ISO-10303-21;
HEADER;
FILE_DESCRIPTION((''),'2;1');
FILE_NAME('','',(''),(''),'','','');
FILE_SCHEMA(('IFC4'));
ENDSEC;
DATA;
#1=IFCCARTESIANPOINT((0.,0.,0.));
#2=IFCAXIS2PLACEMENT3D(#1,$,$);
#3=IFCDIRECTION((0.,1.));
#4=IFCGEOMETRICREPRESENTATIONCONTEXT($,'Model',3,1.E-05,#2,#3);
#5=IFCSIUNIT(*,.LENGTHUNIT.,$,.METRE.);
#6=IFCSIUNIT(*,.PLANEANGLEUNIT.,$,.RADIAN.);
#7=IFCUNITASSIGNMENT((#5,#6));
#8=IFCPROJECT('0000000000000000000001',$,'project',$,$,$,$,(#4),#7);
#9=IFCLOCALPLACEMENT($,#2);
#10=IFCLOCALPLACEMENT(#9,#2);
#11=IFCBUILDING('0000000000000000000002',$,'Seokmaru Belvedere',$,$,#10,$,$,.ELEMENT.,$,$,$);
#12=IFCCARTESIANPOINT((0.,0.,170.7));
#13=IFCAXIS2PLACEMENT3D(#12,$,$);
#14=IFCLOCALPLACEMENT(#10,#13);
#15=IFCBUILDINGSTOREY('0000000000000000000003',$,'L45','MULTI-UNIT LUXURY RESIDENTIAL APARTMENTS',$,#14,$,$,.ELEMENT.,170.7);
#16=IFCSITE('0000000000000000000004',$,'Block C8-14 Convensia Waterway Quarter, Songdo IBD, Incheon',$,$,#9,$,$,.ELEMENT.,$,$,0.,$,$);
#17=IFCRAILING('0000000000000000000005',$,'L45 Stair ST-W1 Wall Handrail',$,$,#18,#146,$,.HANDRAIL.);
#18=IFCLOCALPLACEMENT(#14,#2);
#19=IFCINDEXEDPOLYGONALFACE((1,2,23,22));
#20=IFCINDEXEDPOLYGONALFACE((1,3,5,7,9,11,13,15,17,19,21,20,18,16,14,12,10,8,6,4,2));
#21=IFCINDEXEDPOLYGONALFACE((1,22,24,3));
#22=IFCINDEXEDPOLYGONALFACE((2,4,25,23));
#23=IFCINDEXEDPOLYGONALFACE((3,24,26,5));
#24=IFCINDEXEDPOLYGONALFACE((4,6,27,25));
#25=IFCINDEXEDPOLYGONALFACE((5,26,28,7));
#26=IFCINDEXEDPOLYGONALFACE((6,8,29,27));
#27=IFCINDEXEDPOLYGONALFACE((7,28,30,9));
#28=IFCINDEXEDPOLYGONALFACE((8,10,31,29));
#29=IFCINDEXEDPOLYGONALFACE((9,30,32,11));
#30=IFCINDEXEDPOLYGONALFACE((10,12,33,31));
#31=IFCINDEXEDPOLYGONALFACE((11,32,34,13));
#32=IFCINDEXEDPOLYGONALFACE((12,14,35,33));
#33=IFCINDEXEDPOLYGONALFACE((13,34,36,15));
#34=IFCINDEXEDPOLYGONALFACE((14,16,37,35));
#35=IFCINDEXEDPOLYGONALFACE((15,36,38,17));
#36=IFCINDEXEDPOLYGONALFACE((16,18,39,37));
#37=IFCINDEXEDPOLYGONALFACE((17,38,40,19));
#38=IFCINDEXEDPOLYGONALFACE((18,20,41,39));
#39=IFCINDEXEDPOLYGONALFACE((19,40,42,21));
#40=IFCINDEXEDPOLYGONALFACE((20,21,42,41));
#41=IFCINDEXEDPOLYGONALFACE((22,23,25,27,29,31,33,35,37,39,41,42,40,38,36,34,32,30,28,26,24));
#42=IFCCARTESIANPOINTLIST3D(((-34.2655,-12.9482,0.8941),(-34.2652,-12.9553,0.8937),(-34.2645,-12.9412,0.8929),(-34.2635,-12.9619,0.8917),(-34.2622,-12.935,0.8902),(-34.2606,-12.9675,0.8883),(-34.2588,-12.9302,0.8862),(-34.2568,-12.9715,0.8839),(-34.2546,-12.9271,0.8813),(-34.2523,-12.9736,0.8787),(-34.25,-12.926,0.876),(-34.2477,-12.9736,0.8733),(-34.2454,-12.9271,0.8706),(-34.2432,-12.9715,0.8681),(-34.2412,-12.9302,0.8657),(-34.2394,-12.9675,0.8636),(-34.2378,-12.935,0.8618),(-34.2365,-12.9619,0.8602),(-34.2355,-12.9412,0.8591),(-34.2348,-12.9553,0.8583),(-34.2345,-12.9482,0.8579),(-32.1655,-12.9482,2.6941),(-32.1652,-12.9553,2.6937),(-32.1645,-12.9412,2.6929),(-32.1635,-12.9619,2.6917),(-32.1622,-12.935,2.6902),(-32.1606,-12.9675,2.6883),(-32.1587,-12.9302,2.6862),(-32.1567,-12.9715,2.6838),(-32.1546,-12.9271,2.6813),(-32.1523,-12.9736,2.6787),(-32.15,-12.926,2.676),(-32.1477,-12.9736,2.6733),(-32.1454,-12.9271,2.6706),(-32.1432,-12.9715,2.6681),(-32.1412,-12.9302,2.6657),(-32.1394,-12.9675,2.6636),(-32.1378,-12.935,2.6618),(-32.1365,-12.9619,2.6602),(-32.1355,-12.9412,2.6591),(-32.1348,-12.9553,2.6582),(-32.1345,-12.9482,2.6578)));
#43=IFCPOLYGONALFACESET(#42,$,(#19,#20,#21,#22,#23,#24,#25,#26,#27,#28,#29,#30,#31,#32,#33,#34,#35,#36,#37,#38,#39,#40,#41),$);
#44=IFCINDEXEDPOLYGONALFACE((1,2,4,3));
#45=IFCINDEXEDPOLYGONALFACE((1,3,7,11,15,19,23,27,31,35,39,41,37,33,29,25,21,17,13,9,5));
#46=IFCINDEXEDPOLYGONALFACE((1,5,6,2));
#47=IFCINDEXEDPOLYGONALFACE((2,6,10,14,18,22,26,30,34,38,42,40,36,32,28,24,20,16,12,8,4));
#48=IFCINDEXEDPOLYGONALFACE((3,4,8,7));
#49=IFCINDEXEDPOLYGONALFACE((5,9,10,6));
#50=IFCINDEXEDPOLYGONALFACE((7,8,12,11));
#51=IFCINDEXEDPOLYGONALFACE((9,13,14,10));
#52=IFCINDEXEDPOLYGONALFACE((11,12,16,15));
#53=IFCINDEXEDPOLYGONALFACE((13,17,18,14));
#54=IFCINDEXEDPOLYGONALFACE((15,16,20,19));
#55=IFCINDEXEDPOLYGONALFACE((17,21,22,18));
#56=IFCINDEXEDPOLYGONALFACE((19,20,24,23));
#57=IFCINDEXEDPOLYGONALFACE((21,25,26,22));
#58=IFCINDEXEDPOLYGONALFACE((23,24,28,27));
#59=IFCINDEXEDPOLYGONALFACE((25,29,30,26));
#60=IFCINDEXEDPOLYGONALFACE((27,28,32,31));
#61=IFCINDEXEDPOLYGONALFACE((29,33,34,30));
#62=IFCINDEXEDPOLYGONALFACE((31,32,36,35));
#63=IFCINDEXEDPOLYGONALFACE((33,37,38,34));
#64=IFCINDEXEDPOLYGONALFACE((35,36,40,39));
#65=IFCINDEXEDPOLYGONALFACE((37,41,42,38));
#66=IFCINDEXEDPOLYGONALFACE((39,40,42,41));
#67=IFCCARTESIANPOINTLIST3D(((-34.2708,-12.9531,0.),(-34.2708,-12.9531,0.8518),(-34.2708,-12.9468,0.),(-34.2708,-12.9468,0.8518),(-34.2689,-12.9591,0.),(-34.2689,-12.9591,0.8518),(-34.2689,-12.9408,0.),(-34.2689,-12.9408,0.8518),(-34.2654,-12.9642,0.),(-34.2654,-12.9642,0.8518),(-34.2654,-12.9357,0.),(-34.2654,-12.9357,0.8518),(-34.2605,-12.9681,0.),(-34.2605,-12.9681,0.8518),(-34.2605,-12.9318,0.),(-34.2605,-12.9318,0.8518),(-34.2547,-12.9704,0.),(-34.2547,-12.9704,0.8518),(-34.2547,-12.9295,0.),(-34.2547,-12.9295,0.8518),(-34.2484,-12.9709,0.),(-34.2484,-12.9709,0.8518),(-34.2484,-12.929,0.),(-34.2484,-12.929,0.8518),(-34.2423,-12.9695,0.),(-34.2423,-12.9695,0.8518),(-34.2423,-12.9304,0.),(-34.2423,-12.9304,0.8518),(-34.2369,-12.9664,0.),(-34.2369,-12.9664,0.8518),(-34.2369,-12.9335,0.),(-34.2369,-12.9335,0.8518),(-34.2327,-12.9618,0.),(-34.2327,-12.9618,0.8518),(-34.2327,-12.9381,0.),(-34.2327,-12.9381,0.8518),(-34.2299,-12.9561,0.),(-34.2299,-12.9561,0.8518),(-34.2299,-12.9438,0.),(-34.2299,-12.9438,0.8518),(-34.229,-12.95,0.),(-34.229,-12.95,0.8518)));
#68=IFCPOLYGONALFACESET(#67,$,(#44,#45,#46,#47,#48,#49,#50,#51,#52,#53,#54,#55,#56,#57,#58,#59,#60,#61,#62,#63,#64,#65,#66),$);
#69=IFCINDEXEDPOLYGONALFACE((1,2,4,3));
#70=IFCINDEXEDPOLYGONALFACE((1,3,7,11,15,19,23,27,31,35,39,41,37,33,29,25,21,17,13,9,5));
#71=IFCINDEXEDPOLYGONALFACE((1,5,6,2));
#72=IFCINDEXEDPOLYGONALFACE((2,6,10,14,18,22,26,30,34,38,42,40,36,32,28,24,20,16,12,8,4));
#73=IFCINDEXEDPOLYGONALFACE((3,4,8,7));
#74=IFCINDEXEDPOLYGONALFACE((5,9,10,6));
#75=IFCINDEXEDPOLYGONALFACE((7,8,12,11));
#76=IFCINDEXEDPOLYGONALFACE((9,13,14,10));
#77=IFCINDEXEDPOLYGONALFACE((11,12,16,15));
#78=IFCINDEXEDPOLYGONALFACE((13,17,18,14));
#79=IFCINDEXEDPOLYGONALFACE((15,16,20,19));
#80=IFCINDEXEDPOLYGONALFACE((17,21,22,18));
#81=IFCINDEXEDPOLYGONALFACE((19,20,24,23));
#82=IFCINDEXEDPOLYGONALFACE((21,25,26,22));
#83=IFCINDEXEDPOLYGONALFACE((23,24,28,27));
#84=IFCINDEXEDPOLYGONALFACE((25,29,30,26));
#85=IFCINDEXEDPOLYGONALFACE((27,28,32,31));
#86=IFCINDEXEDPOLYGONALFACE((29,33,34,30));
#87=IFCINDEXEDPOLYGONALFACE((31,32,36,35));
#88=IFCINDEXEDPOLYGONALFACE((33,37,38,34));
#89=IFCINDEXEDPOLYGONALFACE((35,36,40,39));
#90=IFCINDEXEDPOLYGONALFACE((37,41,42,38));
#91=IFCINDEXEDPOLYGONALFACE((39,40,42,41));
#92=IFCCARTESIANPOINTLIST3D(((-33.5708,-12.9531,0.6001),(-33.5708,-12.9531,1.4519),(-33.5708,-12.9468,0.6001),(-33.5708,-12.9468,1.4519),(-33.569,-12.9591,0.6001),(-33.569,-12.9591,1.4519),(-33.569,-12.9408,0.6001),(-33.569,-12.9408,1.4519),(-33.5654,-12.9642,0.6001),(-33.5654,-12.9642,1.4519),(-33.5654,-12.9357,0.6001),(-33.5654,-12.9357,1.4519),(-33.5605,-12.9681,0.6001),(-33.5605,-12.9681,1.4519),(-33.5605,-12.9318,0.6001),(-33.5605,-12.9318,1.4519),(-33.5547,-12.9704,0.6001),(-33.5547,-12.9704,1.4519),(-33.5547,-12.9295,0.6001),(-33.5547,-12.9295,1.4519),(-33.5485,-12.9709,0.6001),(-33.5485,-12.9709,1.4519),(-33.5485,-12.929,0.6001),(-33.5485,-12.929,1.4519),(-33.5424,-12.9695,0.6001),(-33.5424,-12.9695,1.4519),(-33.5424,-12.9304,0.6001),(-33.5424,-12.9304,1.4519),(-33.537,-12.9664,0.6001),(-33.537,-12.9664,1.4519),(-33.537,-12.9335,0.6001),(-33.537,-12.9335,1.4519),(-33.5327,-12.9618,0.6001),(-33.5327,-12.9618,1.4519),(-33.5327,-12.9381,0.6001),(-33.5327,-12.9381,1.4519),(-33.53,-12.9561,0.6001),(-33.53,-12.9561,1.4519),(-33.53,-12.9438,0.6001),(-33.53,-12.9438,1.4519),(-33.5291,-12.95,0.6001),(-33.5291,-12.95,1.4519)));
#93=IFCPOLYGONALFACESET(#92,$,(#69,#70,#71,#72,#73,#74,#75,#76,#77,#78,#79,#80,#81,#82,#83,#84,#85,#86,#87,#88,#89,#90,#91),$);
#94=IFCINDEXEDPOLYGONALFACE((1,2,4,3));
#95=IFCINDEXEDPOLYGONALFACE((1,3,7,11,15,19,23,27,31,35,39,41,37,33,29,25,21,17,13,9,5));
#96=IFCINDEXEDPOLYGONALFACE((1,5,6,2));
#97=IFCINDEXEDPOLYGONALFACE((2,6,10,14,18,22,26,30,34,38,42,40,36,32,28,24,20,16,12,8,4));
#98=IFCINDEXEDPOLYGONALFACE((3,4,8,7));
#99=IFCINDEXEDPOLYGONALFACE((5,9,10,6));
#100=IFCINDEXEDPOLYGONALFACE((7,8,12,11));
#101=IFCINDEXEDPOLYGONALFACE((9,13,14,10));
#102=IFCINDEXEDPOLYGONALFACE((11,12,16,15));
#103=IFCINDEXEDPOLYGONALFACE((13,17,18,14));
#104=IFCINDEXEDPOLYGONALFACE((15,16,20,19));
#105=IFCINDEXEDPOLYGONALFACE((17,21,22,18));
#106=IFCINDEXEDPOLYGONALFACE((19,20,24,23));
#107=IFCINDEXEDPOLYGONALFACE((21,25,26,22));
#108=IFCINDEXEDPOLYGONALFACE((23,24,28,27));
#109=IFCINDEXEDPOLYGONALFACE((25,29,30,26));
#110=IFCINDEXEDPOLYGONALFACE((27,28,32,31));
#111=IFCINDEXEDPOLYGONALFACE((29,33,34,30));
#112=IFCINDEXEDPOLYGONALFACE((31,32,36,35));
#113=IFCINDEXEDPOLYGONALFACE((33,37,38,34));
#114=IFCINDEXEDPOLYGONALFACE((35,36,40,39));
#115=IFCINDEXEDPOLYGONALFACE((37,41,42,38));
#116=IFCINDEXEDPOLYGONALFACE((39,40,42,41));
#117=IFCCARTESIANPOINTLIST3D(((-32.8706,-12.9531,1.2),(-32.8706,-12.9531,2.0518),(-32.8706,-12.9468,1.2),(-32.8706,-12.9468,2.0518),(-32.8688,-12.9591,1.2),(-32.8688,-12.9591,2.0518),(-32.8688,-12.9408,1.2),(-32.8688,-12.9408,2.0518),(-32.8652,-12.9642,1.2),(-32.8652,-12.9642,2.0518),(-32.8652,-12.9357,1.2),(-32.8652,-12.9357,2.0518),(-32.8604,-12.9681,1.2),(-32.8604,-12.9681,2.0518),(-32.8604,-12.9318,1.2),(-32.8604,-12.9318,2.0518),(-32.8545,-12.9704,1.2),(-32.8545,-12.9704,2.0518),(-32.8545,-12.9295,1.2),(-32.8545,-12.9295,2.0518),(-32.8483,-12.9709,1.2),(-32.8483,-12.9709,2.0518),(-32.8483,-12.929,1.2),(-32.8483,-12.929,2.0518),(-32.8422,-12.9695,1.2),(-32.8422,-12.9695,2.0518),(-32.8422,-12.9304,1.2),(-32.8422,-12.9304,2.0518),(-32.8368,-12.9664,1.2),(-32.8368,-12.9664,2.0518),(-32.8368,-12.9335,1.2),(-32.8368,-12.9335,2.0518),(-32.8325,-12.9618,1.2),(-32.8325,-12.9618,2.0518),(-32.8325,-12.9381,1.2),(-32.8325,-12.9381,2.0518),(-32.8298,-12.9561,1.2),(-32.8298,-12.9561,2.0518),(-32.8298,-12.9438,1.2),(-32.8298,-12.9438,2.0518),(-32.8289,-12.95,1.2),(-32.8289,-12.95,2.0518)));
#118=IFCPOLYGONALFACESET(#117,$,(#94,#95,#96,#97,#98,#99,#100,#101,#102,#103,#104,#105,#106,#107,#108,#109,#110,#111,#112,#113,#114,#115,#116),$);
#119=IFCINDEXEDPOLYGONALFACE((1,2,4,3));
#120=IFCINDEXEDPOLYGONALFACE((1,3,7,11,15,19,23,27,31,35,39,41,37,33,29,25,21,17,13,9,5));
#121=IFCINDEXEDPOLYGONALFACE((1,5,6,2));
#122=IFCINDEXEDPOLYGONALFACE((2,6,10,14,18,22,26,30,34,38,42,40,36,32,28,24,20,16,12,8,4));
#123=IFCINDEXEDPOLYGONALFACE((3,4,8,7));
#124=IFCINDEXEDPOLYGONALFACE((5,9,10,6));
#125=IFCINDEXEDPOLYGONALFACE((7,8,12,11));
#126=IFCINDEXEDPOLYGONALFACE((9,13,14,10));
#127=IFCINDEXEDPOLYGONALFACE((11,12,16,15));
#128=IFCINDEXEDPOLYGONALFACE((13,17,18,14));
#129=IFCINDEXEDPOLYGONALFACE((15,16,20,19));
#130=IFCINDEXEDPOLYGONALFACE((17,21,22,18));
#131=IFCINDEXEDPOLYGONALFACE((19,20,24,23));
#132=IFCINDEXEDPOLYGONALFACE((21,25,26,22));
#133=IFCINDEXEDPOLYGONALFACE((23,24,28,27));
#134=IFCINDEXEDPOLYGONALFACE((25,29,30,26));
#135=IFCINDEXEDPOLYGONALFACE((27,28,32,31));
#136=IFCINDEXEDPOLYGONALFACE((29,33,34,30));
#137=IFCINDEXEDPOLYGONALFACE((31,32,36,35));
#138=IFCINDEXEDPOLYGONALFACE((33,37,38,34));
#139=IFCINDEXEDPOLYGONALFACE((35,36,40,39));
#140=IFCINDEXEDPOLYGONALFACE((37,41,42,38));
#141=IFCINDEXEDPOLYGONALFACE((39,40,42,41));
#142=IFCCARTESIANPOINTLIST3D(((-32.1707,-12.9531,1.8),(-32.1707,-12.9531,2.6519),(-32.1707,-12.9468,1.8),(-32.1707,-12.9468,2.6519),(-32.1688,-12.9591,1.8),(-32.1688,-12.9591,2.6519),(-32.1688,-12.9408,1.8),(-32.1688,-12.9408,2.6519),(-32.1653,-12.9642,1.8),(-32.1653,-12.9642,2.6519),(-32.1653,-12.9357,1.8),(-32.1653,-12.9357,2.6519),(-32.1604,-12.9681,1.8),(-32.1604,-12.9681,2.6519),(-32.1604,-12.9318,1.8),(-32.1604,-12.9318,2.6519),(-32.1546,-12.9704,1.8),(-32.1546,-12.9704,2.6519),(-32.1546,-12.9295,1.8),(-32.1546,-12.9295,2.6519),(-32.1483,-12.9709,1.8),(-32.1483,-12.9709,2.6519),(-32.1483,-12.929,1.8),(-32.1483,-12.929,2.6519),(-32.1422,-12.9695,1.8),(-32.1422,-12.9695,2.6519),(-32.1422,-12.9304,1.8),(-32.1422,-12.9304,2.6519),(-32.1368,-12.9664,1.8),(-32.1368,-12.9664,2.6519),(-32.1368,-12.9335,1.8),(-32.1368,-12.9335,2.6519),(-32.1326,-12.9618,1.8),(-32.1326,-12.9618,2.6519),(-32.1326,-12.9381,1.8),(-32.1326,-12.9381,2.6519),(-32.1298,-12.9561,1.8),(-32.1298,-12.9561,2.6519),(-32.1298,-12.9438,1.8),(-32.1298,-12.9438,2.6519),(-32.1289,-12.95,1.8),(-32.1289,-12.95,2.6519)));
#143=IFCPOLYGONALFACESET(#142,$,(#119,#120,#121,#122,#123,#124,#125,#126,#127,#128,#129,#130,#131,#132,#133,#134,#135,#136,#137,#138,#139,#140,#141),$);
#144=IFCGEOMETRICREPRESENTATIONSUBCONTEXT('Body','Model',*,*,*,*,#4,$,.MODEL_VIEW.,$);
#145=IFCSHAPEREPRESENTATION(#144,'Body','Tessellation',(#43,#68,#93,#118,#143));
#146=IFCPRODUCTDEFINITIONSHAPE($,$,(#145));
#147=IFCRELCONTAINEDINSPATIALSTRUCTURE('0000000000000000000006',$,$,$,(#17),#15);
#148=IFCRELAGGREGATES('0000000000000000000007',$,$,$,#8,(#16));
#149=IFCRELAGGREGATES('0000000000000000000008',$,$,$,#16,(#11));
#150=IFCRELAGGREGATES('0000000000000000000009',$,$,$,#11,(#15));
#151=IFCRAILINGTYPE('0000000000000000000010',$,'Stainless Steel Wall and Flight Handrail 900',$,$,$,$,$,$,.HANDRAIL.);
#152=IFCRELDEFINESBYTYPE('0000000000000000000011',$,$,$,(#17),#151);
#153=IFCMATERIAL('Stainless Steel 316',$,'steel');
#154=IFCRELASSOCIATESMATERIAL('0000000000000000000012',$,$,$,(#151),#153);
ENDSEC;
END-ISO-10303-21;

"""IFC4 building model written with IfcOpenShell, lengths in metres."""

from ifc_helpers import new_model, si_unit, direction, frame, origin, origin_2d, place, context, subcontext, project, spatial, circle, extrude, material, type_object, element, save


model = new_model("IFC4")

# Units and contexts
model_context = context("Model", 3, precision=1e-05, world=origin(), true_north=direction((0.0, 1.0)))
body_context = subcontext(model_context, "Body", "Model", "MODEL_VIEW")
ifc_project = project(units=[si_unit("LENGTHUNIT", "METRE"), si_unit("PLANEANGLEUNIT", "RADIAN")], contexts=[model_context])

# Site, building, storey
site_placement = place(None, origin())
site = spatial("IfcSite", under=ifc_project, at=site_placement, Name="Block C8-14 Convensia Waterway Quarter, Songdo IBD, Incheon", CompositionType="ELEMENT", RefElevation=0.0)
building_placement = place(site_placement, origin())
building = spatial("IfcBuilding", under=site, at=building_placement, Name="Seokmaru Belvedere", CompositionType="ELEMENT")
storey_placement = place(building_placement, frame((0.0, 0.0, 170.7)))
storey = spatial("IfcBuildingStorey", under=building, at=storey_placement, Name="L45", Description="MULTI-UNIT LUXURY RESIDENTIAL APARTMENTS", CompositionType="ELEMENT", Elevation=170.7)

# Shared definitions
ifc_material_1 = material(Name="Stainless Steel 316", Category="steel")

# Railing
railing_type_1 = type_object("IfcRailingType", Name="Stainless Steel Wall and Flight Handrail 900", PredefinedType="HANDRAIL", material=ifc_material_1)
railing_1_placement = place(storey_placement, frame((-34.25, -12.95, 0.0)))
element("IfcRailing", 1, at=railing_1_placement, inside=storey, type_object=railing_type_1, Name="L45 Stair ST-W1 Wall Handrail", PredefinedType="HANDRAIL", context=body_context, shape_type="SweptSolid", body=[
    extrude(circle(Radius=0.0239, at=origin_2d()), frame((0.0, 0.0, 0.876), z_axis=(0.759263, 0.0, 0.650784), x_axis=(0.0, 1.0, 0.0)), (0.0, 0.0, 1.0), 2.7659),
    extrude(circle(Radius=0.021, at=origin_2d()), origin(), (0.0, 0.0, 1.0), 0.8518),
    extrude(circle(Radius=0.021, at=origin_2d()), frame((0.7, 0.0, 0.6001)), (0.0, 0.0, 1.0), 0.8518),
    extrude(circle(Radius=0.021, at=origin_2d()), frame((1.4001, 0.0, 1.2)), (0.0, 0.0, 1.0), 0.8518),
    extrude(circle(Radius=0.021, at=origin_2d()), frame((2.1001, 0.0, 1.8)), (0.0, 0.0, 1.0), 0.8518),
])

save(model, "model.ifc")
